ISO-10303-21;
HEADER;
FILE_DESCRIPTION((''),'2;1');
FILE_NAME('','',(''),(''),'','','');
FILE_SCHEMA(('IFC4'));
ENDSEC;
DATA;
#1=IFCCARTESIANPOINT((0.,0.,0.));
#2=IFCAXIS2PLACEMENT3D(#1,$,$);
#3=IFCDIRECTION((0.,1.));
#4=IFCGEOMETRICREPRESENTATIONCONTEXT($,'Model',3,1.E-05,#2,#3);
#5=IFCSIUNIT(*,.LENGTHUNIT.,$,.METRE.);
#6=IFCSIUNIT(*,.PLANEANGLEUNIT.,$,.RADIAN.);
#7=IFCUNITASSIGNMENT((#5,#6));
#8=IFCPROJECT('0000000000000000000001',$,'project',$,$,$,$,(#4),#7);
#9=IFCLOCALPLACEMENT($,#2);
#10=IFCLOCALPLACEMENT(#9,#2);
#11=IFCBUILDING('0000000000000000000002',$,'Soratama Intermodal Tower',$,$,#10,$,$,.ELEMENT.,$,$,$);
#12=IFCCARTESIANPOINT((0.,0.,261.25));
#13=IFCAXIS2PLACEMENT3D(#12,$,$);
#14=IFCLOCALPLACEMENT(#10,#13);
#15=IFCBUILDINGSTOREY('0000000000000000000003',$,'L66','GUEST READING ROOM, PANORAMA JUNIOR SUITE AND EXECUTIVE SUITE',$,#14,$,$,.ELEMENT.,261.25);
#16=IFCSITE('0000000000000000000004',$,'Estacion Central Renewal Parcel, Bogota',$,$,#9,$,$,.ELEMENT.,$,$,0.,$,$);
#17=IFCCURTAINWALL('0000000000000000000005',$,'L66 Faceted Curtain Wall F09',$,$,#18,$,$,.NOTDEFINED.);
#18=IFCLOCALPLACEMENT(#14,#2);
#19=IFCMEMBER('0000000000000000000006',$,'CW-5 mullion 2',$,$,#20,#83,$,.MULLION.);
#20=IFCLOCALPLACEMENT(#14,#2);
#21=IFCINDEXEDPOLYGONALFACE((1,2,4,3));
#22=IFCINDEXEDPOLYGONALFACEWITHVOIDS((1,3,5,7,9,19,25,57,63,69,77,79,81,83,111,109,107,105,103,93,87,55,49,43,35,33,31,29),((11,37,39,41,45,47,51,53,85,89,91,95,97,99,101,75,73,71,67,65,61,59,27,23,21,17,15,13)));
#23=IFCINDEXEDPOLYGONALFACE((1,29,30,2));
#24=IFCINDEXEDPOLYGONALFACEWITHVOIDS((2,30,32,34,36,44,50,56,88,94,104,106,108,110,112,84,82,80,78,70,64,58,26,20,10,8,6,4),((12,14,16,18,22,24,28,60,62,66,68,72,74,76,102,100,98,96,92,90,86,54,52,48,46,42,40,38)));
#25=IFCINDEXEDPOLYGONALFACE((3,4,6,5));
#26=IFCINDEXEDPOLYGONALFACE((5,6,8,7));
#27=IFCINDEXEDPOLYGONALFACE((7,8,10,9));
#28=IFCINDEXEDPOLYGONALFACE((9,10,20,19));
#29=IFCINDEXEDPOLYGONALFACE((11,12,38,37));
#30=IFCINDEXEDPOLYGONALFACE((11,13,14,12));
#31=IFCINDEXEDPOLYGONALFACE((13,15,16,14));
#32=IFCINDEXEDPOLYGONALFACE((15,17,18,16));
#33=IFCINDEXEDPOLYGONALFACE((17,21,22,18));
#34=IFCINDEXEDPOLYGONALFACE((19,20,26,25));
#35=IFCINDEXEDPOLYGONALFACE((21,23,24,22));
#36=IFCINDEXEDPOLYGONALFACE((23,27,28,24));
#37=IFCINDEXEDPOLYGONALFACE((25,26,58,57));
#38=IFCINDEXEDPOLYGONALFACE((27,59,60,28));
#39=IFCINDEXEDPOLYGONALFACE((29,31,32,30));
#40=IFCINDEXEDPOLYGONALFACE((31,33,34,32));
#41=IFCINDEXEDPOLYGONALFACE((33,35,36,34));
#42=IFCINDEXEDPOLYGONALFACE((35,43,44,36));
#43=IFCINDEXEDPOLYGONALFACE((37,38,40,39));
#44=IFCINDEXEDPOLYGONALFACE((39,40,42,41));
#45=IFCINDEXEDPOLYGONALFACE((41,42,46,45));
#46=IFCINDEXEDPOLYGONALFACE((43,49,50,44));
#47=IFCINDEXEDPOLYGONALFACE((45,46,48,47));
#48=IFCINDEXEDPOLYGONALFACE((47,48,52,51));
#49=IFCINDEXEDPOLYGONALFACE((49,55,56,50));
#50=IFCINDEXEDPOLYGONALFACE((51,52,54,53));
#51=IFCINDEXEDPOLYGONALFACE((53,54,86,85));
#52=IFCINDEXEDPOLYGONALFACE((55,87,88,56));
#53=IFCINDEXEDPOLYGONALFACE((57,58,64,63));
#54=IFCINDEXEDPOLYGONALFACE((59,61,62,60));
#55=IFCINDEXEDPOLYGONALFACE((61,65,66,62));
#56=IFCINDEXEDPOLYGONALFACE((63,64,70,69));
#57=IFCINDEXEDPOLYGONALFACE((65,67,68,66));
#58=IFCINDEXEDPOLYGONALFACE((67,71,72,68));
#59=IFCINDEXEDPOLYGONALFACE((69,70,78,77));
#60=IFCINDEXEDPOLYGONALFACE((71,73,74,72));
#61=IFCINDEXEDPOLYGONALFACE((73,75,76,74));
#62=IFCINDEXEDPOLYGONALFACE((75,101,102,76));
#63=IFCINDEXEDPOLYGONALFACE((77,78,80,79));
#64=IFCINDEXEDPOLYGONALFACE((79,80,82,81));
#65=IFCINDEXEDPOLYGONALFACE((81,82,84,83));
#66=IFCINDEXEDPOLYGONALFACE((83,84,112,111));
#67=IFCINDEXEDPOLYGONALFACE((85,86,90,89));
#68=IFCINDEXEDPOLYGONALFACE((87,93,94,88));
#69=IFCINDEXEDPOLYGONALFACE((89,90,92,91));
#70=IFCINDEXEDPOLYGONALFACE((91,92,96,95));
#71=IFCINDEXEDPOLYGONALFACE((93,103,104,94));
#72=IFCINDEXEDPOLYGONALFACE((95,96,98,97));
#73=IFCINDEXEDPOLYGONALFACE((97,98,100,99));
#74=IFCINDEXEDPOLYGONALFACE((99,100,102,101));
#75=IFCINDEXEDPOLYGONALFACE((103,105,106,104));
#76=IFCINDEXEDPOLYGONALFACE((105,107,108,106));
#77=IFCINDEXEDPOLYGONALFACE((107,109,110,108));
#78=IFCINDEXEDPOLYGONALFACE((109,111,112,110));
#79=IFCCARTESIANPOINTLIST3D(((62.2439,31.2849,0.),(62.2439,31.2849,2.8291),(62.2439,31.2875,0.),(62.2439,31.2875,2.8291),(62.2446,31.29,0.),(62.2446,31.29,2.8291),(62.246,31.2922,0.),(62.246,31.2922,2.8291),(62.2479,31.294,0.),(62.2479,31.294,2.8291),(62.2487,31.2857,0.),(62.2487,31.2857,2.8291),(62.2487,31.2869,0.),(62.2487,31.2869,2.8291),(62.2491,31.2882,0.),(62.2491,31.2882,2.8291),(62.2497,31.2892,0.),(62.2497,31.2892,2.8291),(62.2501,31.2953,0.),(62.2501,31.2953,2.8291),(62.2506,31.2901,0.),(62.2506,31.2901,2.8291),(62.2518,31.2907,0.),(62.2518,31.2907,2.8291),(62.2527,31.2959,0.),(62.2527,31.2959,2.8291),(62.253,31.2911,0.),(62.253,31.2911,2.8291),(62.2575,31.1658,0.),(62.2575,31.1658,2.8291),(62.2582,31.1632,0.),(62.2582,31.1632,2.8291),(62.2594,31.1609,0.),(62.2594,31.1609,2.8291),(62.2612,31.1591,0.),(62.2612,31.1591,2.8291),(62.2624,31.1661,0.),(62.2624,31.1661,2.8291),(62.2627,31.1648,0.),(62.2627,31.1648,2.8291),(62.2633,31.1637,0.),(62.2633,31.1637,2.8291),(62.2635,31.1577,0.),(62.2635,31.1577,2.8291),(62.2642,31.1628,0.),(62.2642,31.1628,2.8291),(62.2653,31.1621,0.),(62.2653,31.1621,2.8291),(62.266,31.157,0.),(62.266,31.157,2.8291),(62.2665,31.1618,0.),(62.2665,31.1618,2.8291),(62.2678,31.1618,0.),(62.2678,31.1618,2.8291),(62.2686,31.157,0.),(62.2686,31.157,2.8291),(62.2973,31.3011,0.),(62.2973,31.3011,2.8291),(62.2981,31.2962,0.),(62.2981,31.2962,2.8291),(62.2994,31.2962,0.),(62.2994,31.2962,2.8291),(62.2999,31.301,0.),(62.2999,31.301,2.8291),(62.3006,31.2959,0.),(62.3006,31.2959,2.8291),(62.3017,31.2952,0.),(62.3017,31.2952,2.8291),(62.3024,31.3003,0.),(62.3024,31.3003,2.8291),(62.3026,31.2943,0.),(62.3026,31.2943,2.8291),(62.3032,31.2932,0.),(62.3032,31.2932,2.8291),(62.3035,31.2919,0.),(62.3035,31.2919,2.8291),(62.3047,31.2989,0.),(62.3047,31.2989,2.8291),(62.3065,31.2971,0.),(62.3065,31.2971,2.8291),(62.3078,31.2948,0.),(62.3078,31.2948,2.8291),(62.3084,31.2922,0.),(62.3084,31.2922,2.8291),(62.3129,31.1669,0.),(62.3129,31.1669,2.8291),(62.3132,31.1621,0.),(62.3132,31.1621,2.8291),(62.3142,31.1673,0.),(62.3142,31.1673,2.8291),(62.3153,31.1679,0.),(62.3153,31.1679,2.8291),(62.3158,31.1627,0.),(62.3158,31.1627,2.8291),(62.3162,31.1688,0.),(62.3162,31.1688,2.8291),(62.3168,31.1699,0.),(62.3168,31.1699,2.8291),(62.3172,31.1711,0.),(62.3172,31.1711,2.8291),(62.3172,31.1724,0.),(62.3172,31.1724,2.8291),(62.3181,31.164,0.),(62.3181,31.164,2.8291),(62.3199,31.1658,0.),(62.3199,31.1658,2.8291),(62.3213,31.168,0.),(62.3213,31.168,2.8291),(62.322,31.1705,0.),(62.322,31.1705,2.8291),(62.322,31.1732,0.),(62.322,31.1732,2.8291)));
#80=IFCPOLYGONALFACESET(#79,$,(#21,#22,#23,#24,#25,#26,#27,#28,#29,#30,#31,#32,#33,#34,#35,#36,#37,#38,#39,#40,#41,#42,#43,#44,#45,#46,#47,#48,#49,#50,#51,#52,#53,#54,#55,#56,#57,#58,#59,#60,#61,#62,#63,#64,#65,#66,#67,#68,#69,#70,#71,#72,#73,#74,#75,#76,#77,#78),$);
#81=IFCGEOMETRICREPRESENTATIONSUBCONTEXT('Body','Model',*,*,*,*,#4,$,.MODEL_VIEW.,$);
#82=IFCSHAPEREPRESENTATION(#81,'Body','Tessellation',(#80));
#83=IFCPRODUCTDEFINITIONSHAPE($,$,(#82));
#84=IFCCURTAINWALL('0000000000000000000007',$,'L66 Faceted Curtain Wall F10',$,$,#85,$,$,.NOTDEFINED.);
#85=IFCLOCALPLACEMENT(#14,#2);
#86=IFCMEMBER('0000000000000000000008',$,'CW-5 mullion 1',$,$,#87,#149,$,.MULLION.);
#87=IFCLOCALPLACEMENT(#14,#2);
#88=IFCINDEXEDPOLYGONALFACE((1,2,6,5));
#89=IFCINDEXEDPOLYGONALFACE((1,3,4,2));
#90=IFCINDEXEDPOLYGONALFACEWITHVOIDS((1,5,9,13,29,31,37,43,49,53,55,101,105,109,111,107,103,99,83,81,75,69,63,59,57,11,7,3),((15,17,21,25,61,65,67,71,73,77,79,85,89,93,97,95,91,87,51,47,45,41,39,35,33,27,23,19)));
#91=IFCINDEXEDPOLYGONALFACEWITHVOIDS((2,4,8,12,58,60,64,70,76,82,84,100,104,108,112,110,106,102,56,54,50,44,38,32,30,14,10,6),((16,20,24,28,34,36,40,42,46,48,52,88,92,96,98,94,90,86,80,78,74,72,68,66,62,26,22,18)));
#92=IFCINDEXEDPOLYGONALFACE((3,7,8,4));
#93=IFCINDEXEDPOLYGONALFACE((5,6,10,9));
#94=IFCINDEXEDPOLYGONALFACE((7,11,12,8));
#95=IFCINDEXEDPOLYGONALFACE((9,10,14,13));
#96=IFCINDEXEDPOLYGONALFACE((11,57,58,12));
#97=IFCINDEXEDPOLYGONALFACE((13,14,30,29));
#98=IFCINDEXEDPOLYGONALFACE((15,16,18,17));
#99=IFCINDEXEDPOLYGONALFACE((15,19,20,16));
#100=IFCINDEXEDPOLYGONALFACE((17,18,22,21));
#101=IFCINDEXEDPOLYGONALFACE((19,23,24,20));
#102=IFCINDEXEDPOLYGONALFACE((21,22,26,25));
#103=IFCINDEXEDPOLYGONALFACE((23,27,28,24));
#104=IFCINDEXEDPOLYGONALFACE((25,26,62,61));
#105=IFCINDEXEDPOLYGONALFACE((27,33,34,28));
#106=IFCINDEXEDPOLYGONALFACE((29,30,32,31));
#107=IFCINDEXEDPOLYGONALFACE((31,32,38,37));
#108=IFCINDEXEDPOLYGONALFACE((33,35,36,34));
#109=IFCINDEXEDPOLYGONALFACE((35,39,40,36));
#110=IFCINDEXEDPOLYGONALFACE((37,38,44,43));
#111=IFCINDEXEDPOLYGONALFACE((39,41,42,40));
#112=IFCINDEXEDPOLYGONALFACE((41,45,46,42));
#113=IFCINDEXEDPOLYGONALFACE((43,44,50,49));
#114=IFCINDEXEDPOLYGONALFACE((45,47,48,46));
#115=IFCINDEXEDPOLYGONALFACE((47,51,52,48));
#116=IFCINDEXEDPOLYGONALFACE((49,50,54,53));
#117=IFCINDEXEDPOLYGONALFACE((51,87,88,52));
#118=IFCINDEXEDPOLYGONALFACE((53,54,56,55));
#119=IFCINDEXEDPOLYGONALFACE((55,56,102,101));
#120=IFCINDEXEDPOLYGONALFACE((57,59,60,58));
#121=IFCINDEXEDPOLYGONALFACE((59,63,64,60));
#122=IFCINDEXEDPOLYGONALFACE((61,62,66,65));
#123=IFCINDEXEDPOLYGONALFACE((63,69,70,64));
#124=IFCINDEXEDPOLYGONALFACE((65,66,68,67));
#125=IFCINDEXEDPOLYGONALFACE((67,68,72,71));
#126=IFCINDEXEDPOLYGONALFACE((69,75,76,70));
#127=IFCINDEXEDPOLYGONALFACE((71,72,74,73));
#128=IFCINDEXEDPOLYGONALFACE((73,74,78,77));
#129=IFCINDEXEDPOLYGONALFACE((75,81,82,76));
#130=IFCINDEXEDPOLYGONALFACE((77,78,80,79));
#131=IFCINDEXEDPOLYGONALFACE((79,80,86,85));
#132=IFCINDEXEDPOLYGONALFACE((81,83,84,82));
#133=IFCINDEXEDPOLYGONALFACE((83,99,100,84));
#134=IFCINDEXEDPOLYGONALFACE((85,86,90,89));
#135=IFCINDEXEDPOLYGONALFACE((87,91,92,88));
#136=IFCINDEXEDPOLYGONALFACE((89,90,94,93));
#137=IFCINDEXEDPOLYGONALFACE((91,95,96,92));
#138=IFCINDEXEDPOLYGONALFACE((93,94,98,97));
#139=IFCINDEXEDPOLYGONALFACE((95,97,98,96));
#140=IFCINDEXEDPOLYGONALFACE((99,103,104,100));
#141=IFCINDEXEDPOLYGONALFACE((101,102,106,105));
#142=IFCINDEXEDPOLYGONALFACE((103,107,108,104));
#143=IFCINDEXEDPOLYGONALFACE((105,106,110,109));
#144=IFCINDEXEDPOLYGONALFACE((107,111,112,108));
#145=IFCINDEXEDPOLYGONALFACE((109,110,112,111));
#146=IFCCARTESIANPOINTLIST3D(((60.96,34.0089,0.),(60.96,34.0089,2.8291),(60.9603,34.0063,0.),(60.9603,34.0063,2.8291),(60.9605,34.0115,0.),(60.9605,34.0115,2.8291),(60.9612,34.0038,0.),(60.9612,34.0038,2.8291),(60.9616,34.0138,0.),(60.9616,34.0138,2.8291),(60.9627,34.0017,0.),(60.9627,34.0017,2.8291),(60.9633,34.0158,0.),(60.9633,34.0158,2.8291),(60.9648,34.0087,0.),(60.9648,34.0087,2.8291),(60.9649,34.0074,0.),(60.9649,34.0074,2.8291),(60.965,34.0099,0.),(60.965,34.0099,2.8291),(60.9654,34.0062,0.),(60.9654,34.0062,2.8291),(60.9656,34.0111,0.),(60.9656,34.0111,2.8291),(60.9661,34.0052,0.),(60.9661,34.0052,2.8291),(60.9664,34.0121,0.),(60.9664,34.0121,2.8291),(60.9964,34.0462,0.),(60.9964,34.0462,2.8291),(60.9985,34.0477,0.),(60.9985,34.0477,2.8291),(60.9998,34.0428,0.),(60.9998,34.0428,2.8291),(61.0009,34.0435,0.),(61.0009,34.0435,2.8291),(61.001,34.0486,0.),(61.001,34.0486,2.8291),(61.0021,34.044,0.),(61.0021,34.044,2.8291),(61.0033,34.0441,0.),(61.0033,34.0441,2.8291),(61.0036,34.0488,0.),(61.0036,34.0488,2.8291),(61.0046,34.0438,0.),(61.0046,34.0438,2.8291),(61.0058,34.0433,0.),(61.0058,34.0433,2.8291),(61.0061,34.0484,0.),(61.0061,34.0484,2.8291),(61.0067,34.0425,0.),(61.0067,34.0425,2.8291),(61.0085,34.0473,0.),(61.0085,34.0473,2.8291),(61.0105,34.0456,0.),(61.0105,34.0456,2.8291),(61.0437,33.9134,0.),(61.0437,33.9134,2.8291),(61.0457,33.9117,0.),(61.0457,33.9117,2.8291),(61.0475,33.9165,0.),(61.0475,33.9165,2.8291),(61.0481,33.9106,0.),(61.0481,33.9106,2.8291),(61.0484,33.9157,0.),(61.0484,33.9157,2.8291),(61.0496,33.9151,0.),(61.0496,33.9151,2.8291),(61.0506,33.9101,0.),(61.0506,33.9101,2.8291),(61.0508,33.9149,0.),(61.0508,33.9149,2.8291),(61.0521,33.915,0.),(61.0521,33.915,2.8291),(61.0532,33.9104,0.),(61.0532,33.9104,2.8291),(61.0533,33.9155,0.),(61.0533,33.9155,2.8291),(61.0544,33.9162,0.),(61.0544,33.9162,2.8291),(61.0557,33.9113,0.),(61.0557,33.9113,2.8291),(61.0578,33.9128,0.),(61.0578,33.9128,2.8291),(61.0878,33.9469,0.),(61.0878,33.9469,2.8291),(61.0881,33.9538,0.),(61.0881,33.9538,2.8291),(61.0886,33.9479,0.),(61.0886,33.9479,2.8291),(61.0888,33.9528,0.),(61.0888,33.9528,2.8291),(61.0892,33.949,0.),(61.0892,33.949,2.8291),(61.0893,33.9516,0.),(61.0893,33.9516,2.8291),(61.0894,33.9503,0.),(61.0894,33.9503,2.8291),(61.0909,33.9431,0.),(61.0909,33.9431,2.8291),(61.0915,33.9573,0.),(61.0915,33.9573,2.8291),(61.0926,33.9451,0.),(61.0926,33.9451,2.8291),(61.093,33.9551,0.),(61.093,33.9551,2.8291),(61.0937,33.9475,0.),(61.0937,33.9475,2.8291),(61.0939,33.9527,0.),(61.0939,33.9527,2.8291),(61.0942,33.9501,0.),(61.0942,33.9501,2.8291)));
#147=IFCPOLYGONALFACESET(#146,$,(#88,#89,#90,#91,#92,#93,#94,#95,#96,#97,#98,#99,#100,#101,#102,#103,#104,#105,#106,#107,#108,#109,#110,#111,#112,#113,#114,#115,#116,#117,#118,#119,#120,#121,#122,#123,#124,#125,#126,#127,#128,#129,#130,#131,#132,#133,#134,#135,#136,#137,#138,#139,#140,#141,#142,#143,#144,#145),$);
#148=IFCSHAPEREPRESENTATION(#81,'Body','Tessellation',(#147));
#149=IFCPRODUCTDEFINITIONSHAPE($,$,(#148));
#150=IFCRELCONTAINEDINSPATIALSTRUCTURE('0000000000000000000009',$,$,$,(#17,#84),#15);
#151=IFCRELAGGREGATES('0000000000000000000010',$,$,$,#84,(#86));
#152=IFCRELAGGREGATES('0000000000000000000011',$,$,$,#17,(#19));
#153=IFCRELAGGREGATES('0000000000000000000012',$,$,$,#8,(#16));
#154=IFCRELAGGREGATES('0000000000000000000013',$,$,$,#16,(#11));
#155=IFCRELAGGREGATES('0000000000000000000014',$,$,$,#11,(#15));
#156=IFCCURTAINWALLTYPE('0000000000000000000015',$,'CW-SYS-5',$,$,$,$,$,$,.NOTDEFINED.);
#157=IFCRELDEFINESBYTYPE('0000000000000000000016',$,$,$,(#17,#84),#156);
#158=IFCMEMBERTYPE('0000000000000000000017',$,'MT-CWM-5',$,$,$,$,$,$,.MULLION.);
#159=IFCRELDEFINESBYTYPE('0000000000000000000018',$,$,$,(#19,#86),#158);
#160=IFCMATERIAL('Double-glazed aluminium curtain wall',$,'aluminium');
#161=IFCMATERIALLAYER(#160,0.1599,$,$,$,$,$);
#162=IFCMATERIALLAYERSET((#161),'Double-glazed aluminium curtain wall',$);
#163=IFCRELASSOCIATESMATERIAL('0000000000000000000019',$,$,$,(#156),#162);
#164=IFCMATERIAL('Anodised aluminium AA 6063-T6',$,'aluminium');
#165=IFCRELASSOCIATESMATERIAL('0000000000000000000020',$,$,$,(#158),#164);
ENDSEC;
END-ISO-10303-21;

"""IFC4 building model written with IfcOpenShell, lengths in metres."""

from ifc_helpers import new_model, si_unit, direction, frame, origin, origin_2d, place, context, subcontext, project, spatial, hollow_rectangle, extrude, material, layer, layer_set, material_profile, profile_set, type_object, element, aggregate, save


model = new_model("IFC4")

# Units and contexts
model_context = context("Model", 3, precision=1e-05, world=origin(), true_north=direction((0.0, 1.0)))
body_context = subcontext(model_context, "Body", "Model", "MODEL_VIEW")
ifc_project = project(units=[si_unit("LENGTHUNIT", "METRE"), si_unit("PLANEANGLEUNIT", "RADIAN")], contexts=[model_context])

# Site, building, storey
site_placement = place(None, origin())
site = spatial("IfcSite", under=ifc_project, at=site_placement, Name="Estacion Central Renewal Parcel, Bogota", CompositionType="ELEMENT", RefElevation=0.0)
building_placement = place(site_placement, origin())
building = spatial("IfcBuilding", under=site, at=building_placement, Name="Soratama Intermodal Tower", CompositionType="ELEMENT")
storey_placement = place(building_placement, frame((0.0, 0.0, 261.25)))
storey = spatial("IfcBuildingStorey", under=building, at=storey_placement, Name="L66", Description="GUEST READING ROOM, PANORAMA JUNIOR SUITE AND EXECUTIVE SUITE", CompositionType="ELEMENT", Elevation=261.25)

# Curtain wall, member
ifc_material_1 = material(Name="Double-glazed aluminium curtain wall", Category="aluminium")
ifc_layer_1 = layer(ifc_material_1, 0.1599)
ifc_layer_set_1 = layer_set([ifc_layer_1], Name="Double-glazed aluminium curtain wall")
curtain_wall_type = type_object("IfcCurtainWallType", Name="CW-SYS-5", PredefinedType="NOTDEFINED", material=ifc_layer_set_1)
curtain_wall_1_placement = place(storey_placement, origin())
curtain_wall_1 = element("IfcCurtainWall", 1, at=curtain_wall_1_placement, inside=storey, type_object=curtain_wall_type, Name="L66 Faceted Curtain Wall F09", PredefinedType="NOTDEFINED")
ifc_material_2 = material(Name="Anodised aluminium AA 6063-T6", Category="aluminium")
ifc_material_profile_1 = material_profile(ifc_material_2, hollow_rectangle(XDim=0.0649, YDim=0.1399, WallThickness=0.0049, InnerFilletRadius=0.0049, OuterFilletRadius=0.01, at=origin_2d()), Name="CWM140X65X5")
ifc_profile_set_1 = profile_set([ifc_material_profile_1], Name="Anodised aluminium AA 6063-T6")
member_type_1 = type_object("IfcMemberType", Name="MT-CWM-5", PredefinedType="MULLION", material=ifc_profile_set_1)
member_1_placement = place(storey_placement, frame((62.283, 31.229, 0.0), z_axis=(0.0, 0.0, 1.0), x_axis=(-0.993493, -0.113897, 0.0)))
member_1 = element("IfcMember", 2, at=member_1_placement, type_object=member_type_1, Name="CW-5 mullion 2", PredefinedType="MULLION", context=body_context, shape_type="SweptSolid", body=[
    extrude(hollow_rectangle(XDim=0.0649, YDim=0.1399, WallThickness=0.0049, InnerFilletRadius=0.0049, OuterFilletRadius=0.01, at=origin_2d()), origin(), (0.0, 0.0, 1.0), 2.8291),
])

# Curtain wall, member
curtain_wall_2_placement = place(storey_placement, origin())
curtain_wall_2 = element("IfcCurtainWall", 3, at=curtain_wall_2_placement, inside=storey, type_object=curtain_wall_type, Name="L66 Faceted Curtain Wall F10", PredefinedType="NOTDEFINED")
member_2_placement = place(storey_placement, frame((61.0271, 33.9795, 0.0), z_axis=(0.0, 0.0, 1.0), x_axis=(-0.736803, -0.676108, 0.0)))
member_2 = element("IfcMember", 4, at=member_2_placement, type_object=member_type_1, Name="CW-5 mullion 1", PredefinedType="MULLION", context=body_context, shape_type="SweptSolid", body=[
    extrude(hollow_rectangle(XDim=0.0649, YDim=0.1399, WallThickness=0.0049, InnerFilletRadius=0.0049, OuterFilletRadius=0.01, at=origin_2d()), origin(), (0.0, 0.0, 1.0), 2.8291),
])
aggregate(curtain_wall_2, [member_2])

aggregate(curtain_wall_1, [member_1])

save(model, "model.ifc")
